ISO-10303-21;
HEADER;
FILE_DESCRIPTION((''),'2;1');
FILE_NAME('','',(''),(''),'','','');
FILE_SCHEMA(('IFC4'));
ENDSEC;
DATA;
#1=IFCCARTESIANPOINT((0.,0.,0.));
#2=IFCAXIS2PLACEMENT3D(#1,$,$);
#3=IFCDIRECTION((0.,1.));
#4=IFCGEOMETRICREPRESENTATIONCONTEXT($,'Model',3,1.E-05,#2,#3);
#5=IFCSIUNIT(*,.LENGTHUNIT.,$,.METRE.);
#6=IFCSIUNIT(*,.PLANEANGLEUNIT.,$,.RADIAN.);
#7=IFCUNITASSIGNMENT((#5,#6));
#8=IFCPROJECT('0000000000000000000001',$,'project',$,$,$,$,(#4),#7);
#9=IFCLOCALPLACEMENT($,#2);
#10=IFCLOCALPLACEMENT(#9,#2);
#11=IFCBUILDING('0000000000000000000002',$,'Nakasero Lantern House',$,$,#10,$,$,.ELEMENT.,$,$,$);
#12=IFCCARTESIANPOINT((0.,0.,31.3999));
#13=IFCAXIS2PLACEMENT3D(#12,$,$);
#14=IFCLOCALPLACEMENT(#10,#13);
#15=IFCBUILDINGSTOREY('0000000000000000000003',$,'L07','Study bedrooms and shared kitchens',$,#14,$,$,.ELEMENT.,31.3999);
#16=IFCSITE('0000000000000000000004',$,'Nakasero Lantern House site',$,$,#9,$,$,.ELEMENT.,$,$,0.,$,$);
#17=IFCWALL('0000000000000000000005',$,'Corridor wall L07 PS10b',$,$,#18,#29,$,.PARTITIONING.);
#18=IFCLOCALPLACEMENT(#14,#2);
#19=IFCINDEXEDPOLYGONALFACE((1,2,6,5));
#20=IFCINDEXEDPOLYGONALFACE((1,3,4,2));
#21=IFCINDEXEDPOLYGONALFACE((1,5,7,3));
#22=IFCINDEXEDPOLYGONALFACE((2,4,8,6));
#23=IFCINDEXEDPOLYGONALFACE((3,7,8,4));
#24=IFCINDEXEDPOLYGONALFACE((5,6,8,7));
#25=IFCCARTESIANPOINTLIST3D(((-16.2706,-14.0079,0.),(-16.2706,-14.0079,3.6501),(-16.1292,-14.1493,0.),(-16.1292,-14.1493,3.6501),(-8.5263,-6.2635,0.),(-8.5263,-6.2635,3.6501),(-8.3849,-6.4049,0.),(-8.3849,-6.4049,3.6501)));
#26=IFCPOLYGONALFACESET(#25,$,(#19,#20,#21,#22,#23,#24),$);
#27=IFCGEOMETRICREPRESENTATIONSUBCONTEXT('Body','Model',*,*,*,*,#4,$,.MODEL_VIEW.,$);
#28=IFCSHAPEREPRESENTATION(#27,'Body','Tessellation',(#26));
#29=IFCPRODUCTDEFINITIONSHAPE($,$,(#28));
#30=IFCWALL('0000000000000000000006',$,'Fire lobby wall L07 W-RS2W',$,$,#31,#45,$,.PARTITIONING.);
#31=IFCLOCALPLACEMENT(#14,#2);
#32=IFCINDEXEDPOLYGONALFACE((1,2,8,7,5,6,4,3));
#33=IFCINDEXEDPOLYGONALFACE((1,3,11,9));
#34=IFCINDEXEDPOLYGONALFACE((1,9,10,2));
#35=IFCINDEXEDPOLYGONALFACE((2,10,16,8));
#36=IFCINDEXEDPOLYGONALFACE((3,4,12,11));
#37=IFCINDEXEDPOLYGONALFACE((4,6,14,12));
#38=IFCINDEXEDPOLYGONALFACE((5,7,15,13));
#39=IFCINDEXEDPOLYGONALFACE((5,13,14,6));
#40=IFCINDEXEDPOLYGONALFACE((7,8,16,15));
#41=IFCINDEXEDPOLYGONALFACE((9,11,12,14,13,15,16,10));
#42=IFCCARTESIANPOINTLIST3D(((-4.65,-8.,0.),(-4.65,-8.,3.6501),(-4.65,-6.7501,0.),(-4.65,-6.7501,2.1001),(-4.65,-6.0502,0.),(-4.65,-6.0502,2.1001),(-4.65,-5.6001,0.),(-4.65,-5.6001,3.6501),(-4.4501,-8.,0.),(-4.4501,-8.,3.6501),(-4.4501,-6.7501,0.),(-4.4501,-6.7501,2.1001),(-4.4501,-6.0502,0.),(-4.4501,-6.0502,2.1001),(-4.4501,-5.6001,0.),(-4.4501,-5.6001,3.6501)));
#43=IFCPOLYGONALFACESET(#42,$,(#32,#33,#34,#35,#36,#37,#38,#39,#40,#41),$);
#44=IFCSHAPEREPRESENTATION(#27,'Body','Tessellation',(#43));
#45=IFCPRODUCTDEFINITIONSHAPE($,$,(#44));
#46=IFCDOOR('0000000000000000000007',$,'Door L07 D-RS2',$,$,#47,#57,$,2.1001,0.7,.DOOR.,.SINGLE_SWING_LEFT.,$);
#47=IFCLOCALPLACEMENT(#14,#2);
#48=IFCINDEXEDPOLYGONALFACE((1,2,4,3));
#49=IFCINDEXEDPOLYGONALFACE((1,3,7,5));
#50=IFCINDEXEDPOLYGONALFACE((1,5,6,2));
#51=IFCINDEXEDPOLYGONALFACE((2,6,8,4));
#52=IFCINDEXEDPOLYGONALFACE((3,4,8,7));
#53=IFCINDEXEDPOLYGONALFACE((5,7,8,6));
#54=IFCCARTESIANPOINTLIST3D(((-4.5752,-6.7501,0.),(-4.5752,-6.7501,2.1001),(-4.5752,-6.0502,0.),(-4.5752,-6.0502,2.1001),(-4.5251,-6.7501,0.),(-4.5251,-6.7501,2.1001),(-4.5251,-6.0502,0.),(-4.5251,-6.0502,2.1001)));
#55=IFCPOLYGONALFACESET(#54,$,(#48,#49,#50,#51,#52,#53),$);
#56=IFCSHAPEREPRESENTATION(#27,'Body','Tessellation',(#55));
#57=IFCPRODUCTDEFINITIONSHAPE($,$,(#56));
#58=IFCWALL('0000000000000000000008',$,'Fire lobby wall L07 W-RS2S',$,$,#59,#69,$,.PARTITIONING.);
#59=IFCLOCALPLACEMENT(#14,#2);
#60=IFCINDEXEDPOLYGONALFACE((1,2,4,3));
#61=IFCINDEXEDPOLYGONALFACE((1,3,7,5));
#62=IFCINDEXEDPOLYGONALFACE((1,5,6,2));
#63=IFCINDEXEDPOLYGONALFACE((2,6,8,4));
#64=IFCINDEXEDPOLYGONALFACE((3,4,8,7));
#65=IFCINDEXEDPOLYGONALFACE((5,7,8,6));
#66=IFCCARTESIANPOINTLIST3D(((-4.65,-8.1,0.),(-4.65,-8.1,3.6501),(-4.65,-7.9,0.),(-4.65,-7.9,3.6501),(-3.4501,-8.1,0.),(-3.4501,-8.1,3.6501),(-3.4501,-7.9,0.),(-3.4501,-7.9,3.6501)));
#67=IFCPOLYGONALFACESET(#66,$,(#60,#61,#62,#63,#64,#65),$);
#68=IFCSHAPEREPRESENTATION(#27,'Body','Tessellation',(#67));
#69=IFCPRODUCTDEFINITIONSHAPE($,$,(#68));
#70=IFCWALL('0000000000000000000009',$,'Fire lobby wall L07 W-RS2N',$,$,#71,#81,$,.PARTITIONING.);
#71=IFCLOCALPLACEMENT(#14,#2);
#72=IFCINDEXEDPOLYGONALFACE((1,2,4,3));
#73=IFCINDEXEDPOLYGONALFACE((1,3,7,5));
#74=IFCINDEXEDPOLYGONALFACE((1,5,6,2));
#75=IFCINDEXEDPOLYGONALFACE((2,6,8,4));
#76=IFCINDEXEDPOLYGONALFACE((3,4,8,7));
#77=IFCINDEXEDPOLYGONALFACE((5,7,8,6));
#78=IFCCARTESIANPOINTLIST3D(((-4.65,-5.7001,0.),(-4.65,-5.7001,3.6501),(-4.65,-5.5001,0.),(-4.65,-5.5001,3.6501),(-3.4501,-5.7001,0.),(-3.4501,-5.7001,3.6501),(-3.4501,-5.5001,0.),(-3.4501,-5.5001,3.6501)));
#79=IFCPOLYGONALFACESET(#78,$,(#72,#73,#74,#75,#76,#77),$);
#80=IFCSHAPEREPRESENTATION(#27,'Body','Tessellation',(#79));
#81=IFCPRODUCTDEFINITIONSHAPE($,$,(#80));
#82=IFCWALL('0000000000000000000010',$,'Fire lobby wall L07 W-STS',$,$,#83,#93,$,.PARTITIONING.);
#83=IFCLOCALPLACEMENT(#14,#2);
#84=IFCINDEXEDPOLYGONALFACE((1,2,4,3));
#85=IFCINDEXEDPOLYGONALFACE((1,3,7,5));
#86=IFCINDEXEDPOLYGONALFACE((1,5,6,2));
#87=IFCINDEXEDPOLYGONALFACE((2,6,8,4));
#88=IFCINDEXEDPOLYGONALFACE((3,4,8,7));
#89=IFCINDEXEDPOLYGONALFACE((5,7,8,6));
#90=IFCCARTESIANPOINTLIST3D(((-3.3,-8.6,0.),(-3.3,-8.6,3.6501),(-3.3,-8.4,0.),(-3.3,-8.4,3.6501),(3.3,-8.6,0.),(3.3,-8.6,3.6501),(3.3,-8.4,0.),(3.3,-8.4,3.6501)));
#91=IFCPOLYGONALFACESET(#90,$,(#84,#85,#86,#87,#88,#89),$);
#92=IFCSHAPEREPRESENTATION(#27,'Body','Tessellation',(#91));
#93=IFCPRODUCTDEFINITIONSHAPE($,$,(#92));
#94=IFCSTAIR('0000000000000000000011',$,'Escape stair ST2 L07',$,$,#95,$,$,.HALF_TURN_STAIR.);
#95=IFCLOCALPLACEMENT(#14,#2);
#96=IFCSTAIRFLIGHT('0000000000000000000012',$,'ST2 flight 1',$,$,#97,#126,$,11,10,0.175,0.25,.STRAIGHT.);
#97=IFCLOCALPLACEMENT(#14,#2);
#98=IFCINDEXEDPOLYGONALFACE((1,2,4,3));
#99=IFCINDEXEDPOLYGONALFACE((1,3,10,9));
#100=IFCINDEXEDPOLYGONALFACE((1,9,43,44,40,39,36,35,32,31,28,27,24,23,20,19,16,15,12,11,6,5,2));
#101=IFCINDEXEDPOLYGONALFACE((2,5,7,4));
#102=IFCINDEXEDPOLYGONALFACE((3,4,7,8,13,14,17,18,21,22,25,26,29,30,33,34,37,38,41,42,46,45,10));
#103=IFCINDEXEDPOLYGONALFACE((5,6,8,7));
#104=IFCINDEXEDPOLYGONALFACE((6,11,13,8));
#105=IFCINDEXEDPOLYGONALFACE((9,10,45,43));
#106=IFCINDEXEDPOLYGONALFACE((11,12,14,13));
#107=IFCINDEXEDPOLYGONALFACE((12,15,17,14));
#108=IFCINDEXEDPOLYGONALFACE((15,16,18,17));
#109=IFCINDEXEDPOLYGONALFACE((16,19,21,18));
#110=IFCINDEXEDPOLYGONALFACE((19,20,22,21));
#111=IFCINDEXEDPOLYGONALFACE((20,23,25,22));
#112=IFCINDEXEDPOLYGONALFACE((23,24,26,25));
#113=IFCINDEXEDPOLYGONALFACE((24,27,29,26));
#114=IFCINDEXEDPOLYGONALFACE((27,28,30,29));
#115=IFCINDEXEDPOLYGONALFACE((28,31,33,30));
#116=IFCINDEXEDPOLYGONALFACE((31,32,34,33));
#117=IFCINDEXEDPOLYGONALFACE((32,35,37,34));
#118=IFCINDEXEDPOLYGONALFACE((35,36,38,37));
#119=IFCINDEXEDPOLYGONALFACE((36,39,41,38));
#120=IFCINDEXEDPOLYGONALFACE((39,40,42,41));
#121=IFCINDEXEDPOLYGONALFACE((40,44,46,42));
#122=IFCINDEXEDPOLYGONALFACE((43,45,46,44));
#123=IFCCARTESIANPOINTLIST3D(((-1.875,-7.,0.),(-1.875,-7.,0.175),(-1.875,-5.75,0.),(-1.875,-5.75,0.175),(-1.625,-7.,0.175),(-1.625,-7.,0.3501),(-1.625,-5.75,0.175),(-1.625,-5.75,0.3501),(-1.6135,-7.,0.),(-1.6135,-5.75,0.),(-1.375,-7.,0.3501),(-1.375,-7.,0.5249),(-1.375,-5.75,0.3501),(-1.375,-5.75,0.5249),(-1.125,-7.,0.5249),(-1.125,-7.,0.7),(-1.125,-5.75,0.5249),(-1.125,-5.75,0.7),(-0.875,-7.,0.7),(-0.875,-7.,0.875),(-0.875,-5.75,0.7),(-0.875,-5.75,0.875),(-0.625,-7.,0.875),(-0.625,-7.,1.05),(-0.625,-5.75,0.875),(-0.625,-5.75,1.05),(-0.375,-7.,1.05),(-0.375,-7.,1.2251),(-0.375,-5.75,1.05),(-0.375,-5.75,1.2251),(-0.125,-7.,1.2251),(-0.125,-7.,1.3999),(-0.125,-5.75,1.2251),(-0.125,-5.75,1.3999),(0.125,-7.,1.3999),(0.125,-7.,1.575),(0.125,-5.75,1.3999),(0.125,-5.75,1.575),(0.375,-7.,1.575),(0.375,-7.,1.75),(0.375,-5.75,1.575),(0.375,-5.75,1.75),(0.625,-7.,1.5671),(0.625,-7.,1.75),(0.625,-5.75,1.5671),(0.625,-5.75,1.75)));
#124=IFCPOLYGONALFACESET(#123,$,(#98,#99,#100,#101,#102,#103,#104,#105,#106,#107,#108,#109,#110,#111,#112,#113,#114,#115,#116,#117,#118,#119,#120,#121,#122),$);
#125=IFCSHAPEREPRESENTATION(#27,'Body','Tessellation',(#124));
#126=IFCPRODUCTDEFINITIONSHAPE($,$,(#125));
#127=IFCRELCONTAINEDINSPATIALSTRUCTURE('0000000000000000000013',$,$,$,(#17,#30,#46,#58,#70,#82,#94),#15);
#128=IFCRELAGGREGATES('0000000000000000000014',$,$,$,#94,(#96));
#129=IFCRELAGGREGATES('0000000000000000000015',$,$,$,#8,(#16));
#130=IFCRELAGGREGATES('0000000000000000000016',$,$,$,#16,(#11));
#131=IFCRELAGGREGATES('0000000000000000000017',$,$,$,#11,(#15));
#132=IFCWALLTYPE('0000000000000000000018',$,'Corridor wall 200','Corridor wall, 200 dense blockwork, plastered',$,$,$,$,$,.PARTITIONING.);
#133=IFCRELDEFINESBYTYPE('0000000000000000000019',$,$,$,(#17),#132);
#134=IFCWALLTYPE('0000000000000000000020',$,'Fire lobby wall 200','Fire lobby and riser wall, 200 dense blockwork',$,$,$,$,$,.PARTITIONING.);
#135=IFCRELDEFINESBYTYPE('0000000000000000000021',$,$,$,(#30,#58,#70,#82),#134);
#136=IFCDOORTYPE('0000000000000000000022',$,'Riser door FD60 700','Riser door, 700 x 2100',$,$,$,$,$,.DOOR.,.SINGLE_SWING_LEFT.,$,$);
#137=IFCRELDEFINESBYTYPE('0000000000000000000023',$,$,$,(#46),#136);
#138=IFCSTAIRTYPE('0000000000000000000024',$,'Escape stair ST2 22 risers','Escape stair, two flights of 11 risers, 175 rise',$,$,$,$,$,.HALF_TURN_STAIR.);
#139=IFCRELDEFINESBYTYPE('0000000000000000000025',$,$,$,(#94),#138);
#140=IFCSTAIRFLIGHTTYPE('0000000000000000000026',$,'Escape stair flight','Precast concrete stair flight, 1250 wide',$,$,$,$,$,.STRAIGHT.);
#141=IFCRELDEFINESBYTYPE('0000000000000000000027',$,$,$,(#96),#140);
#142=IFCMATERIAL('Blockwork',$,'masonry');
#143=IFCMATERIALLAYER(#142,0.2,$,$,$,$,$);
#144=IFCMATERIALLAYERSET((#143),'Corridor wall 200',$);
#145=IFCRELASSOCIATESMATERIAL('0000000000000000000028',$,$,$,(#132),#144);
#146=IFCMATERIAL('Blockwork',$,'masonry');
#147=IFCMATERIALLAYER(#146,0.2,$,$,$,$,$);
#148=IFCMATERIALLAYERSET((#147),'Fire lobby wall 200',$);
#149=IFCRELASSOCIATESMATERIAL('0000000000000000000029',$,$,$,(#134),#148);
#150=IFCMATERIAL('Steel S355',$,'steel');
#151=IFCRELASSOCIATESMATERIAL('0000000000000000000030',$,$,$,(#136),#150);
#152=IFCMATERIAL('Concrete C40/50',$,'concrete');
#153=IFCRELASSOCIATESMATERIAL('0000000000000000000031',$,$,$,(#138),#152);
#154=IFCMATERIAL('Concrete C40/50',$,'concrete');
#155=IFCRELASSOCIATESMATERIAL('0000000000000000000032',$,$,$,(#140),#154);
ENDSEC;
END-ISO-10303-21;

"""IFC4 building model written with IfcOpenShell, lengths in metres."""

from ifc_helpers import new_model, si_unit, direction, frame, frame_2d, origin, place, context, subcontext, project, spatial, polyline, rectangle, outline, extrude, material, layer, layer_set, type_object, element, fill, aggregate, save


model = new_model("IFC4")

# Units and contexts
model_context = context("Model", 3, precision=1e-05, world=origin(), true_north=direction((0.0, 1.0)))
body_context = subcontext(model_context, "Body", "Model", "MODEL_VIEW")
ifc_project = project(units=[si_unit("LENGTHUNIT", "METRE"), si_unit("PLANEANGLEUNIT", "RADIAN")], contexts=[model_context])

# Site, building, storey
site_placement = place(None, origin())
site = spatial("IfcSite", under=ifc_project, at=site_placement, Name="Nakasero Lantern House site", CompositionType="ELEMENT", RefElevation=0.0)
building_placement = place(site_placement, origin())
building = spatial("IfcBuilding", under=site, at=building_placement, Name="Nakasero Lantern House", CompositionType="ELEMENT")
storey_placement = place(building_placement, frame((0.0, 0.0, 31.3999)))
storey = spatial("IfcBuildingStorey", under=building, at=storey_placement, Name="L07", Description="Study bedrooms and shared kitchens", CompositionType="ELEMENT", Elevation=31.3999)

# Wall
ifc_material_1 = material(Name="Blockwork", Category="masonry")
ifc_layer_1 = layer(ifc_material_1, 0.2)
ifc_layer_set_1 = layer_set([ifc_layer_1], Name="Corridor wall 200")
wall_type_1 = type_object("IfcWallType", Name="Corridor wall 200", Description="Corridor wall, 200 dense blockwork, plastered", PredefinedType="PARTITIONING", material=ifc_layer_set_1)
for number, where, z_axis, x_axis, name in (
    (1, (-8.4556, -6.3342, 0.0), (0.0, 0.0, 1.0), (-0.707107, -0.707107, 0.0), "Corridor wall L07 PS10b"),
):
    element("IfcWall", number, at=place(storey_placement, frame(where, z_axis=z_axis, x_axis=x_axis)), inside=storey, type_object=wall_type_1, Name=name, PredefinedType="PARTITIONING", context=body_context, shape_type="SweptSolid", body=[
        extrude(rectangle(XDim=10.9521, YDim=0.2, at=frame_2d((5.4761, 0.0))), origin(), (0.0, 0.0, 1.0), 3.6501),
    ])

# Wall, opening, door
ifc_material_2 = material(Name="Blockwork", Category="masonry")
ifc_layer_2 = layer(ifc_material_2, 0.2)
ifc_layer_set_2 = layer_set([ifc_layer_2], Name="Fire lobby wall 200")
wall_type_2 = type_object("IfcWallType", Name="Fire lobby wall 200", Description="Fire lobby and riser wall, 200 dense blockwork", PredefinedType="PARTITIONING", material=ifc_layer_set_2)
wall_1_placement = place(storey_placement, frame((-4.55, -5.6001, 0.0), z_axis=(0.0, 0.0, 1.0), x_axis=(0.0, -1.0, 0.0)))
wall_1 = element("IfcWall", 2, at=wall_1_placement, inside=storey, type_object=wall_type_2, Name="Fire lobby wall L07 W-RS2W", PredefinedType="PARTITIONING", context=body_context, shape_type="SweptSolid", body=[
    extrude(rectangle(XDim=2.3999, YDim=0.2, at=frame_2d((1.2, 0.0))), origin(), (0.0, 0.0, 1.0), 3.6501),
])
opening_1_placement = place(wall_1_placement, frame((0.45, 0.0, 0.0)))
opening_1 = element("IfcOpeningElement", 3, at=opening_1_placement, cuts=wall_1, PredefinedType="OPENING", context=body_context, shape_type="SweptSolid", body=[
    extrude(rectangle(XDim=0.7, YDim=2.1001, at=frame_2d((0.3501, 1.05))), frame((0.0, 0.1199, 0.0), z_axis=(0.0, -1.0, 0.0), x_axis=(1.0, 0.0, 0.0)), (0.0, 0.0, 1.0), 0.24),
])
ifc_material_3 = material(Name="Steel S355", Category="steel")
door_type_1 = type_object("IfcDoorType", Name="Riser door FD60 700", Description="Riser door, 700 x 2100", OperationType="SINGLE_SWING_LEFT", PredefinedType="DOOR", material=ifc_material_3)
door_1_placement = place(opening_1_placement, origin())
door_1 = element("IfcDoor", 4, at=door_1_placement, inside=storey, type_object=door_type_1, Name="Door L07 D-RS2", OperationType="SINGLE_SWING_LEFT", OverallHeight=2.1001, OverallWidth=0.7, PredefinedType="DOOR", context=body_context, shape_type="SweptSolid", body=[
    extrude(rectangle(XDim=0.7, YDim=2.1001, at=frame_2d((0.3501, 1.05))), frame((0.0, 0.0249, 0.0), z_axis=(0.0, -1.0, 0.0), x_axis=(1.0, 0.0, 0.0)), (0.0, 0.0, 1.0), 0.05),
])
fill(opening_1, door_1)

# Walls
for number, where, z_axis, x_axis, name in (
    (5, (-3.45, -8.0, 0.0), (0.0, 0.0, 1.0), (-1.0, 0.0, 0.0), "Fire lobby wall L07 W-RS2S"),
    (6, (-3.45, -5.6001, 0.0), (0.0, 0.0, 1.0), (-1.0, 0.0, 0.0), "Fire lobby wall L07 W-RS2N"),
):
    element("IfcWall", number, at=place(storey_placement, frame(where, z_axis=z_axis, x_axis=x_axis)), inside=storey, type_object=wall_type_2, Name=name, PredefinedType="PARTITIONING", context=body_context, shape_type="SweptSolid", body=[
        extrude(rectangle(XDim=1.2, YDim=0.2, at=frame_2d((0.6001, 0.0))), origin(), (0.0, 0.0, 1.0), 3.6501),
    ])
wall_2_placement = place(storey_placement, frame((-3.3, -8.5, 0.0), z_axis=(0.0, 0.0, 1.0), x_axis=(1.0, 0.0, 0.0)))
element("IfcWall", 7, at=wall_2_placement, inside=storey, type_object=wall_type_2, Name="Fire lobby wall L07 W-STS", PredefinedType="PARTITIONING", context=body_context, shape_type="SweptSolid", body=[
    extrude(rectangle(XDim=6.6001, YDim=0.2, at=frame_2d((3.3, 0.0))), origin(), (0.0, 0.0, 1.0), 3.6501),
])

# Stair, stair flight
ifc_material_4 = material(Name="Concrete C40/50", Category="concrete")
stair_type = type_object("IfcStairType", Name="Escape stair ST2 22 risers", Description="Escape stair, two flights of 11 risers, 175 rise", PredefinedType="HALF_TURN_STAIR", material=ifc_material_4)
stair_placement = place(storey_placement, origin())
stair = element("IfcStair", 8, at=stair_placement, inside=storey, type_object=stair_type, Name="Escape stair ST2 L07", PredefinedType="HALF_TURN_STAIR")
ifc_material_5 = material(Name="Concrete C40/50", Category="concrete")
stair_flight_type = type_object("IfcStairFlightType", Name="Escape stair flight", Description="Precast concrete stair flight, 1250 wide", PredefinedType="STRAIGHT", material=ifc_material_5)
stair_flight_placement = place(storey_placement, frame((-1.875, -6.375, 0.0), z_axis=(0.0, 0.0, 1.0), x_axis=(1.0, 0.0, 0.0)))
stair_flight = element("IfcStairFlight", 9, at=stair_flight_placement, type_object=stair_flight_type, Name="ST2 flight 1", NumberOfRisers=11, NumberOfTreads=10, PredefinedType="STRAIGHT", RiserHeight=0.175, TreadLength=0.25, context=body_context, shape_type="SweptSolid", body=[
    extrude(outline(polyline([(0.0, 0.0), (0.0, 0.175), (0.25, 0.175), (0.25, 0.3501), (0.5, 0.3501), (0.5, 0.5249), (0.75, 0.5249), (0.75, 0.7), (1.0, 0.7), (1.0, 0.875), (1.25, 0.875), (1.25, 1.05), (1.5, 1.05), (1.5, 1.2251), (1.75, 1.2251), (1.75, 1.3999), (2.0, 1.3999), (2.0, 1.575), (2.25, 1.575), (2.25, 1.75), (2.5, 1.75), (2.5, 1.925), (2.5, 1.5671), (0.2615, 0.0), (0.0, 0.0)])), frame((0.0, 0.625, 0.0), z_axis=(0.0, -1.0, 0.0), x_axis=(1.0, 0.0, 0.0)), (0.0, 0.0, 1.0), 1.25),
])
aggregate(stair, [stair_flight])

save(model, "model.ifc")
